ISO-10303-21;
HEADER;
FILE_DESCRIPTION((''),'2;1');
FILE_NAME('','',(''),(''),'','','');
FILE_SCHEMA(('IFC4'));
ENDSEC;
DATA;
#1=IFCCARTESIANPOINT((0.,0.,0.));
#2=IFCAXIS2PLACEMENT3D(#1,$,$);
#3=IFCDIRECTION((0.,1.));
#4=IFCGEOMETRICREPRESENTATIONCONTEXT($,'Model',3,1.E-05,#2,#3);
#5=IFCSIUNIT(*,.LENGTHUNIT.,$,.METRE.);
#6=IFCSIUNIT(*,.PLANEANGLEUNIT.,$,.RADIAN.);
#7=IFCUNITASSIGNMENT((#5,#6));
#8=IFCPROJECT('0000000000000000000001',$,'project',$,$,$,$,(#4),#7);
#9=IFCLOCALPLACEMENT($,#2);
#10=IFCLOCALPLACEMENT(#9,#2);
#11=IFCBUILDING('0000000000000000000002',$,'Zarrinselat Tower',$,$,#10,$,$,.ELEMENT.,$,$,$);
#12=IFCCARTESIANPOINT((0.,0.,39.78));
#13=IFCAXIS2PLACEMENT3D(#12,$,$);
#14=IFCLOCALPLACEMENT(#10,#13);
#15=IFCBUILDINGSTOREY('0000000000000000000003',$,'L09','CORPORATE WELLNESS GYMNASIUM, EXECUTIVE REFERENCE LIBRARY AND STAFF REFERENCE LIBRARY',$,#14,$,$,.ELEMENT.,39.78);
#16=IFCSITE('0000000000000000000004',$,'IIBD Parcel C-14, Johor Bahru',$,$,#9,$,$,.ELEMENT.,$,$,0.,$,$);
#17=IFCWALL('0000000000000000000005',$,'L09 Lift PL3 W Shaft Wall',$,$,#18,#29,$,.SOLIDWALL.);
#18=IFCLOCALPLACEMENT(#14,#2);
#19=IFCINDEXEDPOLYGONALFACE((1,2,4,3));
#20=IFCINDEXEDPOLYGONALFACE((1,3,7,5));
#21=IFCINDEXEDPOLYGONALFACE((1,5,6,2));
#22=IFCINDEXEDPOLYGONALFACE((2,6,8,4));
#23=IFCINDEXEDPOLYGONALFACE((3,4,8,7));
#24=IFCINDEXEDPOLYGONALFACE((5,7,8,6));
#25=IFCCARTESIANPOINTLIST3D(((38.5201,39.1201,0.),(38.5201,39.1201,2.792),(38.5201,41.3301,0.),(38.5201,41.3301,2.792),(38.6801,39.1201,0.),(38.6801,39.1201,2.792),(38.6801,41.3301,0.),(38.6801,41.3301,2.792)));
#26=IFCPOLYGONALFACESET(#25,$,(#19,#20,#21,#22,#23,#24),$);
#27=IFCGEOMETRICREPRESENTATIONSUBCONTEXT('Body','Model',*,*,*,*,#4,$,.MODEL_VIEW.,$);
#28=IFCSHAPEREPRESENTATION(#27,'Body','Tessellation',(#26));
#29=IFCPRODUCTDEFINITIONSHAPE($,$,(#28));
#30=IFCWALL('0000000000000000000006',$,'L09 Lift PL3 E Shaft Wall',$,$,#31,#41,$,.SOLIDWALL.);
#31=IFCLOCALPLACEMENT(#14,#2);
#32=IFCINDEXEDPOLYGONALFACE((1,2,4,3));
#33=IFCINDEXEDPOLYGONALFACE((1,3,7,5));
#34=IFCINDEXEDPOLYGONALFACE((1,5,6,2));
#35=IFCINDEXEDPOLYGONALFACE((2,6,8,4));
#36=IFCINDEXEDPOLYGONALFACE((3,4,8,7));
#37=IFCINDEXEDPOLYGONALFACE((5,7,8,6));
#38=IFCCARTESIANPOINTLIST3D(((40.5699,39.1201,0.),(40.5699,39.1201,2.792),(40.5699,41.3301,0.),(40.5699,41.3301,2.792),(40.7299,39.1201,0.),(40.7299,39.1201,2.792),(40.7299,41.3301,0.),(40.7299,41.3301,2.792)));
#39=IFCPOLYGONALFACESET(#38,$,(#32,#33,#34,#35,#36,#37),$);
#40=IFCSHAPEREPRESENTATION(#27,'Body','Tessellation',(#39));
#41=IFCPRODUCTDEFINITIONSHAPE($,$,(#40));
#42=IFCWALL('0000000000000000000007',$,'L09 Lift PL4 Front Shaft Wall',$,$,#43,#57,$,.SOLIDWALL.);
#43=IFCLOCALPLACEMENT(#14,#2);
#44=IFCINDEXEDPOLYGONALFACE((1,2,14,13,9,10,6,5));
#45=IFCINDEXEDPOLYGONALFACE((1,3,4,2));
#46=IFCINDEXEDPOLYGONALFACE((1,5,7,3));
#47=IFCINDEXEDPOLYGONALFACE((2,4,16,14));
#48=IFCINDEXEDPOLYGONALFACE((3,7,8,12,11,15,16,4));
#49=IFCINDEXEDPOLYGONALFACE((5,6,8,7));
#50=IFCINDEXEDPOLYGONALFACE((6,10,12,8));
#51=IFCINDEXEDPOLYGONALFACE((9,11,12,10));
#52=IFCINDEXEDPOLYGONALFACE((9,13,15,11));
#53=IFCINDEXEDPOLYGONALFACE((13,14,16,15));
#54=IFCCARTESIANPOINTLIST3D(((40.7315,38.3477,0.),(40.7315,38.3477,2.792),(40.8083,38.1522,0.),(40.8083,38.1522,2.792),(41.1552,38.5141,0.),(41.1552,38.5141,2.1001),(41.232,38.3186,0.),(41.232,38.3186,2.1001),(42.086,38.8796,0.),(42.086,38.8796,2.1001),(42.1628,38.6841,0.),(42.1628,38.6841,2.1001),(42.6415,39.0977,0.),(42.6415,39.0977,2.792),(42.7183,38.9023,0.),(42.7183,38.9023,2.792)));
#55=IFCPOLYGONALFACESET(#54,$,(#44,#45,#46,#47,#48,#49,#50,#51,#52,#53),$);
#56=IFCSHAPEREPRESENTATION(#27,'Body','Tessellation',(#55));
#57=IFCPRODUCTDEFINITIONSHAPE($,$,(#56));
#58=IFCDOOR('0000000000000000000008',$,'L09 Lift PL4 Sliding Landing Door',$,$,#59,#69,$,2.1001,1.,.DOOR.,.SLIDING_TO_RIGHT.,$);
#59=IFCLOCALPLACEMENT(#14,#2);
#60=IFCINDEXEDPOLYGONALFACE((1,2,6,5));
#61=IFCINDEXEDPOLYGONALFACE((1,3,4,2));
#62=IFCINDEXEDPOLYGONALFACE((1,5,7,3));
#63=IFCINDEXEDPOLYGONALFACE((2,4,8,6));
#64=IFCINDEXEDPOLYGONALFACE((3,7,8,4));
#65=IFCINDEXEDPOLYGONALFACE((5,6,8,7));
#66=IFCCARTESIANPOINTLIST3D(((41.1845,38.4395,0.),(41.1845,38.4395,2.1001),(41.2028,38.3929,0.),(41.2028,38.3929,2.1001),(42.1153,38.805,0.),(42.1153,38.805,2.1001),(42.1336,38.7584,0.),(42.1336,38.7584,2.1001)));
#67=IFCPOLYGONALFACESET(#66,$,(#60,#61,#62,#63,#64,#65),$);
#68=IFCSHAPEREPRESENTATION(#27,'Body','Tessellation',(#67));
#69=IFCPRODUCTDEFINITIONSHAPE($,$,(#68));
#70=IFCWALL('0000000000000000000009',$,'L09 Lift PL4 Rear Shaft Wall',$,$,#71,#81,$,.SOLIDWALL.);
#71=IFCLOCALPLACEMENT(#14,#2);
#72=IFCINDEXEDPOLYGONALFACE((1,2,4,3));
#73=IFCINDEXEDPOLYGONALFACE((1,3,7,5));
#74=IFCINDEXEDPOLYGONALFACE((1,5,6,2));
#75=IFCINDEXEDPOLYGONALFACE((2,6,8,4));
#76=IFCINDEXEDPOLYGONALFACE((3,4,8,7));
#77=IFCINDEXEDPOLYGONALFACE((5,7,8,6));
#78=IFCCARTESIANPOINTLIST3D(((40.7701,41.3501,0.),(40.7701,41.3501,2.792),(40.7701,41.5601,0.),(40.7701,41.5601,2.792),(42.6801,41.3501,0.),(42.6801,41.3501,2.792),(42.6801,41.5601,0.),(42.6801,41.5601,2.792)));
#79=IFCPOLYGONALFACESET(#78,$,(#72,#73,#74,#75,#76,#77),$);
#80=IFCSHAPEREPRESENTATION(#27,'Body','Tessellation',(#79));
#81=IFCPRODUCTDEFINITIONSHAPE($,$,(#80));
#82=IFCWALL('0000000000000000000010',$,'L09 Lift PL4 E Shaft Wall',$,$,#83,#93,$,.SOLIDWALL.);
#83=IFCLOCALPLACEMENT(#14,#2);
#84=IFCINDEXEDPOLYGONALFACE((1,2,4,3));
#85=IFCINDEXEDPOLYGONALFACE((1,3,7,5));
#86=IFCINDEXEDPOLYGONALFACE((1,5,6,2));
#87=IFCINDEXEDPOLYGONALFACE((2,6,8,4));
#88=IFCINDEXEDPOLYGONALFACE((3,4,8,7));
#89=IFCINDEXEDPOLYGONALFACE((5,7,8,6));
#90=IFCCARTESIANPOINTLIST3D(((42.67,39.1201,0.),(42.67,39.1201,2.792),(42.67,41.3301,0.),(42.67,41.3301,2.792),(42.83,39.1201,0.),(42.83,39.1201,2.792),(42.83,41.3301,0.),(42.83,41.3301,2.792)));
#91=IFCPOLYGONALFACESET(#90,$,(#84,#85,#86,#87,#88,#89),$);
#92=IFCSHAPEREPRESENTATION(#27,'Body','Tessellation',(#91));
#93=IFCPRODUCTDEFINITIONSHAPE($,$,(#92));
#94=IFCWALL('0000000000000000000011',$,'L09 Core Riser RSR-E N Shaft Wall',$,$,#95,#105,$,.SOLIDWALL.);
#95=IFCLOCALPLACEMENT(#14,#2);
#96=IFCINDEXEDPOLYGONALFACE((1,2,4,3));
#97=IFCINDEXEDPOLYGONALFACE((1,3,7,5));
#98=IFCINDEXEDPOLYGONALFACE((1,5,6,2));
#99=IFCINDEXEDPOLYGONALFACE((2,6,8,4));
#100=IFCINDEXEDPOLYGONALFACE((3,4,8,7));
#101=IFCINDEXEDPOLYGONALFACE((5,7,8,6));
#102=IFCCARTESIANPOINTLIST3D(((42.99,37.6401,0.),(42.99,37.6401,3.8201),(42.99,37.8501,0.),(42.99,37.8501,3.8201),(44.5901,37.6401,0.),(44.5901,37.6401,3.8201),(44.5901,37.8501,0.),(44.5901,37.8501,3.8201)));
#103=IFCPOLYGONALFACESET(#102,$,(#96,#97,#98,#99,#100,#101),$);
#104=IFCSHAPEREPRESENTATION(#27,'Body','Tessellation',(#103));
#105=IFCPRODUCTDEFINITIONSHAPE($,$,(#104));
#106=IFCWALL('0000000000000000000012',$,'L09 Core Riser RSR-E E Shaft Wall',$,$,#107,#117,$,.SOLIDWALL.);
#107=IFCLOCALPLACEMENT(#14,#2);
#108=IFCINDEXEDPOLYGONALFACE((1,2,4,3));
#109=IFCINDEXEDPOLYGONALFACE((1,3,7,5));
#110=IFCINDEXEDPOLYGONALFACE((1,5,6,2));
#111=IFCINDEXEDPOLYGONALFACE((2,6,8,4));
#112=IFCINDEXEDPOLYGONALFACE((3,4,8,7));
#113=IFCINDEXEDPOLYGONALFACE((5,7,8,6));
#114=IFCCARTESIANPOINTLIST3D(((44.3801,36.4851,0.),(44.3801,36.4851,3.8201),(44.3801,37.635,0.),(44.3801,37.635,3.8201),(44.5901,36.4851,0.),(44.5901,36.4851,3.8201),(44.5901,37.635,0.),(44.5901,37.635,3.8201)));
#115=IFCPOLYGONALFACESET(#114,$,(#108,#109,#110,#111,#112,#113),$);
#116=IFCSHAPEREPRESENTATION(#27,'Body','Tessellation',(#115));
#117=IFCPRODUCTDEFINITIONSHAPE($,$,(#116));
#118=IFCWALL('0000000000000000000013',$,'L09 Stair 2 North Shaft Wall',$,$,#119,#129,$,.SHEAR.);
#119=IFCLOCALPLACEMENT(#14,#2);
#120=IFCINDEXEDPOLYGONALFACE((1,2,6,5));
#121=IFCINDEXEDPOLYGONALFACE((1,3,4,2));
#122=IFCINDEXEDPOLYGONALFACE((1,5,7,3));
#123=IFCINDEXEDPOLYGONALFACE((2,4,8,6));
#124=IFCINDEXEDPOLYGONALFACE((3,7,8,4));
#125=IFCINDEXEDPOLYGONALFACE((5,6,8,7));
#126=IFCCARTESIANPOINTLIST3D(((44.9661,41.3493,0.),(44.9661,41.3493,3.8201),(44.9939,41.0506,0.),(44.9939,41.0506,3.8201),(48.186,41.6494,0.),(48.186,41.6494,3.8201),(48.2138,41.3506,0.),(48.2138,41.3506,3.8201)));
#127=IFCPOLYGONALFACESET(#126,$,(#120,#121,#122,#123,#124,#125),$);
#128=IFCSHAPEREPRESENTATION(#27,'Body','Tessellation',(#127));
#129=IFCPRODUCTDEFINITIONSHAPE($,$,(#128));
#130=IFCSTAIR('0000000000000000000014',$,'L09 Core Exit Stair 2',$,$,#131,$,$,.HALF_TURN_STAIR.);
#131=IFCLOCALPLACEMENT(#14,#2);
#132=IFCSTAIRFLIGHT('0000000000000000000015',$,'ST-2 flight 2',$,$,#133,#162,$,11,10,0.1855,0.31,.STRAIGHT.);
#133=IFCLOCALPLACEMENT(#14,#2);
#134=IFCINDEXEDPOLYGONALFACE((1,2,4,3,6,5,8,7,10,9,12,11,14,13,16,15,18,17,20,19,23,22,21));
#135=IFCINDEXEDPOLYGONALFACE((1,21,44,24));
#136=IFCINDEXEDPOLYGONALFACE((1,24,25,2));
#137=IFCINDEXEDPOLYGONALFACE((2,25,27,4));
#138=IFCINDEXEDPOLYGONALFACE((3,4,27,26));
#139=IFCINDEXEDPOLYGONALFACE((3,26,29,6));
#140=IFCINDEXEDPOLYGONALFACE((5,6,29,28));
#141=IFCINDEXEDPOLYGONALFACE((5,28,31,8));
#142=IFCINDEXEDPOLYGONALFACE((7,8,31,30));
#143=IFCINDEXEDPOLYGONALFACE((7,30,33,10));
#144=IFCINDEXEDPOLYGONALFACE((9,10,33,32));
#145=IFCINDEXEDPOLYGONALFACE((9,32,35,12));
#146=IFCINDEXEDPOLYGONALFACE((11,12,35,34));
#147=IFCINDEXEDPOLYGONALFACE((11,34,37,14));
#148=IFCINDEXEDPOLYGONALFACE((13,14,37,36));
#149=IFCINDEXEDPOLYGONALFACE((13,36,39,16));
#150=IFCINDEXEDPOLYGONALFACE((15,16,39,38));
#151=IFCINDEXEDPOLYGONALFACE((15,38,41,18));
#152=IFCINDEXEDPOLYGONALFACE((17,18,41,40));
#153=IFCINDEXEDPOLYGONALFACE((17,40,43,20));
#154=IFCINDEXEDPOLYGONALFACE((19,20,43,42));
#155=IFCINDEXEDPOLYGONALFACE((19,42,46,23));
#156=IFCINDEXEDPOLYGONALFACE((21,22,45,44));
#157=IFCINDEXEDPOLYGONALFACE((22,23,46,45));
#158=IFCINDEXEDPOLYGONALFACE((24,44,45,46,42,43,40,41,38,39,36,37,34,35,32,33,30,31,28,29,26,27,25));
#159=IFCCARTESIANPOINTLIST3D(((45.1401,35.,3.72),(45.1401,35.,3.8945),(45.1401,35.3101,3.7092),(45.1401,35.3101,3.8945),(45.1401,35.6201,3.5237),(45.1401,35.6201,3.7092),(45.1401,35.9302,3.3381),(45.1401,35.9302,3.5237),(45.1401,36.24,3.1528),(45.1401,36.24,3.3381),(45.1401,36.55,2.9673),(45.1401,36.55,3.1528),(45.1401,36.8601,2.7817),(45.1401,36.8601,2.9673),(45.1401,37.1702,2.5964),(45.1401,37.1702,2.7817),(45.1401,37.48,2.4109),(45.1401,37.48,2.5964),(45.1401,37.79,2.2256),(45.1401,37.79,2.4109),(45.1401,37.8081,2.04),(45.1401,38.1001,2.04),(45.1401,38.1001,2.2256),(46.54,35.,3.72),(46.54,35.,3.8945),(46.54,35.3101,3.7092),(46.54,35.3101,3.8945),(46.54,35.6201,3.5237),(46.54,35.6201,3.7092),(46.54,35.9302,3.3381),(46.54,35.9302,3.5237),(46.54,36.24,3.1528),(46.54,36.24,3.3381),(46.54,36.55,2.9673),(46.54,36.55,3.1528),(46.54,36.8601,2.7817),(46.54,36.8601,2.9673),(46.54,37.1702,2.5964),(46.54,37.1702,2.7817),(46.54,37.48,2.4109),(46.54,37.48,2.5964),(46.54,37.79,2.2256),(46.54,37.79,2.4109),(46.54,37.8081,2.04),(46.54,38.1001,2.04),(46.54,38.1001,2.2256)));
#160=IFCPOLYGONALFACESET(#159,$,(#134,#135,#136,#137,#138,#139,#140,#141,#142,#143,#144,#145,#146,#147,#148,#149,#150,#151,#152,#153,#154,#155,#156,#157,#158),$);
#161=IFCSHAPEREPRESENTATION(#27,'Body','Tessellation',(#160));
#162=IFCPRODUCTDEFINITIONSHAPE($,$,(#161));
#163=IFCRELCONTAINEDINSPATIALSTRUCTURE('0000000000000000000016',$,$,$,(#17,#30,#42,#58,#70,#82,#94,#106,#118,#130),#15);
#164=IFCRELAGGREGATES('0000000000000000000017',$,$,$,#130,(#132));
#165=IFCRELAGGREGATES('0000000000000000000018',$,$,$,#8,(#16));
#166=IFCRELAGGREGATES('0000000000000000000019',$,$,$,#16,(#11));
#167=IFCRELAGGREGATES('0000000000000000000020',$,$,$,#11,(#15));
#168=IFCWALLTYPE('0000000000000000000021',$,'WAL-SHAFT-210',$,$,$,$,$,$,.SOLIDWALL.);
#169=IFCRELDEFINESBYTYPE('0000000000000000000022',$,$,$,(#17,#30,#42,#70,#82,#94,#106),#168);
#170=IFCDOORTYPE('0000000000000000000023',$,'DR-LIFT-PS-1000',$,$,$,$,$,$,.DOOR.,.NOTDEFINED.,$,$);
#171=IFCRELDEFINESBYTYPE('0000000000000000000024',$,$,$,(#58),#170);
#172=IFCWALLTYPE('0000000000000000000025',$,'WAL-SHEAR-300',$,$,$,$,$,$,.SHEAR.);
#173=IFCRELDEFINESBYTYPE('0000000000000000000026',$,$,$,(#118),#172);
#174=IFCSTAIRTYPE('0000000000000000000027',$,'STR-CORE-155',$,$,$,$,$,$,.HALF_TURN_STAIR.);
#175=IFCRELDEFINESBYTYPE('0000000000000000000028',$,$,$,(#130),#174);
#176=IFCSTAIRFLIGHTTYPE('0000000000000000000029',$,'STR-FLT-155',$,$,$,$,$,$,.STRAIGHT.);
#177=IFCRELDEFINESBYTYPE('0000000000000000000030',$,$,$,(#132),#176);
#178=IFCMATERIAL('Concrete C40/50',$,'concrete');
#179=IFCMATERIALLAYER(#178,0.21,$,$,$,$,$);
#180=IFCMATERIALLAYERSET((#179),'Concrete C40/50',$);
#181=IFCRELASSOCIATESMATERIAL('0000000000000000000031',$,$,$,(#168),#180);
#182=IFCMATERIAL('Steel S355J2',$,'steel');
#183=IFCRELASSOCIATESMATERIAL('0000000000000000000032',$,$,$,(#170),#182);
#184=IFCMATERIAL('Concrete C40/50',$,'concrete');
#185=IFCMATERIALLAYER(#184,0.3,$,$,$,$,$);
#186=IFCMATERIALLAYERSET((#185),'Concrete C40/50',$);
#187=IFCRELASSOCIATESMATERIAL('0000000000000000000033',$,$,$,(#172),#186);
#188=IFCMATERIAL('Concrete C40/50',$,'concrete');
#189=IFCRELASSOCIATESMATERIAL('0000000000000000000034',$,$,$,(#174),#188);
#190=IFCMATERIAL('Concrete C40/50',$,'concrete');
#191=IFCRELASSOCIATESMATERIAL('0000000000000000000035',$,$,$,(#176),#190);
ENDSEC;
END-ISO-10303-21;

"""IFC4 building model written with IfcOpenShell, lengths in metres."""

from ifc_helpers import new_model, si_unit, direction, frame, frame_2d, origin, place, context, subcontext, project, spatial, polyline, rectangle, outline, extrude, material, layer, layer_set, type_object, element, fill, aggregate, save


model = new_model("IFC4")

# Units and contexts
model_context = context("Model", 3, precision=1e-05, world=origin(), true_north=direction((0.0, 1.0)))
body_context = subcontext(model_context, "Body", "Model", "MODEL_VIEW")
ifc_project = project(units=[si_unit("LENGTHUNIT", "METRE"), si_unit("PLANEANGLEUNIT", "RADIAN")], contexts=[model_context])

# Site, building, storey
site_placement = place(None, origin())
site = spatial("IfcSite", under=ifc_project, at=site_placement, Name="IIBD Parcel C-14, Johor Bahru", CompositionType="ELEMENT", RefElevation=0.0)
building_placement = place(site_placement, origin())
building = spatial("IfcBuilding", under=site, at=building_placement, Name="Zarrinselat Tower", CompositionType="ELEMENT")
storey_placement = place(building_placement, frame((0.0, 0.0, 39.78)))
storey = spatial("IfcBuildingStorey", under=building, at=storey_placement, Name="L09", Description="CORPORATE WELLNESS GYMNASIUM, EXECUTIVE REFERENCE LIBRARY AND STAFF REFERENCE LIBRARY", CompositionType="ELEMENT", Elevation=39.78)

# Shared definitions
ifc_material_1 = material(Name="Concrete C40/50", Category="concrete")
ifc_layer_1 = layer(ifc_material_1, 0.21)
ifc_layer_set_1 = layer_set([ifc_layer_1], Name="Concrete C40/50")
wall_type_1 = type_object("IfcWallType", Name="WAL-SHAFT-210", PredefinedType="SOLIDWALL", material=ifc_layer_set_1)

# Shared definitions
ifc_material_2 = material(Name="Steel S355J2", Category="steel")
door_type_1 = type_object("IfcDoorType", Name="DR-LIFT-PS-1000", OperationType="NOTDEFINED", PredefinedType="DOOR", material=ifc_material_2)

# Walls
for number, where, z_axis, x_axis, name in (
    (1, (38.6001, 39.1201, 0.0), (0.0, 0.0, 1.0), (0.0, 1.0, 0.0), "L09 Lift PL3 W Shaft Wall"),
    (2, (40.6499, 39.1201, 0.0), (0.0, 0.0, 1.0), (0.0, 1.0, 0.0), "L09 Lift PL3 E Shaft Wall"),
):
    element("IfcWall", number, at=place(storey_placement, frame(where, z_axis=z_axis, x_axis=x_axis)), inside=storey, type_object=wall_type_1, Name=name, PredefinedType="SOLIDWALL", context=body_context, shape_type="SweptSolid", body=[
        extrude(rectangle(XDim=2.21, YDim=0.1599, at=frame_2d((1.105, 0.0))), origin(), (0.0, 0.0, 1.0), 2.792),
    ])

# Wall, opening, door
wall_1_placement = place(storey_placement, frame((40.77, 38.25, 0.0), z_axis=(0.0, 0.0, 1.0), x_axis=(0.930805, 0.365516, 0.0)))
wall_1 = element("IfcWall", 3, at=wall_1_placement, inside=storey, type_object=wall_type_1, Name="L09 Lift PL4 Front Shaft Wall", PredefinedType="SOLIDWALL", context=body_context, shape_type="SweptSolid", body=[
    extrude(rectangle(XDim=2.052, YDim=0.21, at=frame_2d((1.0259, 0.0))), origin(), (0.0, 0.0, 1.0), 2.792),
])
opening_1_placement = place(wall_1_placement, frame((0.4551, 0.0, 0.0)))
opening_1 = element("IfcOpeningElement", 4, at=opening_1_placement, cuts=wall_1, PredefinedType="OPENING", context=body_context, shape_type="SweptSolid", body=[
    extrude(rectangle(XDim=1.0, YDim=2.1001, at=frame_2d((0.5, 1.05))), frame((0.0, 0.115, 0.0), z_axis=(0.0, -1.0, 0.0), x_axis=(1.0, 0.0, 0.0)), (0.0, 0.0, 1.0), 0.23),
])
door_1_placement = place(opening_1_placement, origin())
door_1 = element("IfcDoor", 5, at=door_1_placement, inside=storey, type_object=door_type_1, Name="L09 Lift PL4 Sliding Landing Door", OperationType="SLIDING_TO_RIGHT", OverallHeight=2.1001, OverallWidth=1.0, PredefinedType="DOOR", context=body_context, shape_type="SweptSolid", body=[
    extrude(rectangle(XDim=1.0, YDim=2.1001, at=frame_2d((0.5, 1.05))), frame((0.0, 0.0249, 0.0), z_axis=(0.0, -1.0, 0.0), x_axis=(1.0, 0.0, 0.0)), (0.0, 0.0, 1.0), 0.05),
])
fill(opening_1, door_1)

# Walls
wall_2_placement = place(storey_placement, frame((40.77, 41.4551, 0.0), z_axis=(0.0, 0.0, 1.0), x_axis=(1.0, 0.0, 0.0)))
element("IfcWall", 6, at=wall_2_placement, inside=storey, type_object=wall_type_1, Name="L09 Lift PL4 Rear Shaft Wall", PredefinedType="SOLIDWALL", context=body_context, shape_type="SweptSolid", body=[
    extrude(rectangle(XDim=1.9099, YDim=0.21, at=frame_2d((0.9551, 0.0))), origin(), (0.0, 0.0, 1.0), 2.792),
])
wall_3_placement = place(storey_placement, frame((42.75, 39.1201, 0.0), z_axis=(0.0, 0.0, 1.0), x_axis=(0.0, 1.0, 0.0)))
element("IfcWall", 7, at=wall_3_placement, inside=storey, type_object=wall_type_1, Name="L09 Lift PL4 E Shaft Wall", PredefinedType="SOLIDWALL", context=body_context, shape_type="SweptSolid", body=[
    extrude(rectangle(XDim=2.21, YDim=0.1599, at=frame_2d((1.105, 0.0))), origin(), (0.0, 0.0, 1.0), 2.792),
])
wall_4_placement = place(storey_placement, frame((42.99, 37.7451, 0.0), z_axis=(0.0, 0.0, 1.0), x_axis=(1.0, 0.0, 0.0)))
element("IfcWall", 8, at=wall_4_placement, inside=storey, type_object=wall_type_1, Name="L09 Core Riser RSR-E N Shaft Wall", PredefinedType="SOLIDWALL", context=body_context, shape_type="SweptSolid", body=[
    extrude(rectangle(XDim=1.6001, YDim=0.21, at=frame_2d((0.8, 0.0))), origin(), (0.0, 0.0, 1.0), 3.8201),
])
wall_5_placement = place(storey_placement, frame((44.4851, 36.4851, 0.0), z_axis=(0.0, 0.0, 1.0), x_axis=(0.0, 1.0, 0.0)))
element("IfcWall", 9, at=wall_5_placement, inside=storey, type_object=wall_type_1, Name="L09 Core Riser RSR-E E Shaft Wall", PredefinedType="SOLIDWALL", context=body_context, shape_type="SweptSolid", body=[
    extrude(rectangle(XDim=1.1499, YDim=0.21, at=frame_2d((0.575, 0.0))), origin(), (0.0, 0.0, 1.0), 3.8201),
])
ifc_material_3 = material(Name="Concrete C40/50", Category="concrete")
ifc_layer_2 = layer(ifc_material_3, 0.3)
ifc_layer_set_2 = layer_set([ifc_layer_2], Name="Concrete C40/50")
wall_type_2 = type_object("IfcWallType", Name="WAL-SHEAR-300", PredefinedType="SHEAR", material=ifc_layer_set_2)
wall_6_placement = place(storey_placement, frame((44.98, 41.2, 0.0), z_axis=(0.0, 0.0, 1.0), x_axis=(0.995686, 0.092782, 0.0)))
element("IfcWall", 10, at=wall_6_placement, inside=storey, type_object=wall_type_2, Name="L09 Stair 2 North Shaft Wall", PredefinedType="SHEAR", context=body_context, shape_type="SweptSolid", body=[
    extrude(rectangle(XDim=3.2339, YDim=0.3, at=frame_2d((1.6169, 0.0))), origin(), (0.0, 0.0, 1.0), 3.8201),
])

# Stair, stair flight
ifc_material_4 = material(Name="Concrete C40/50", Category="concrete")
stair_type = type_object("IfcStairType", Name="STR-CORE-155", PredefinedType="HALF_TURN_STAIR", material=ifc_material_4)
stair_placement = place(storey_placement, origin())
stair = element("IfcStair", 11, at=stair_placement, inside=storey, type_object=stair_type, Name="L09 Core Exit Stair 2", PredefinedType="HALF_TURN_STAIR")
ifc_material_5 = material(Name="Concrete C40/50", Category="concrete")
stair_flight_type = type_object("IfcStairFlightType", Name="STR-FLT-155", PredefinedType="STRAIGHT", material=ifc_material_5)
stair_flight_placement = place(storey_placement, frame((45.8401, 38.1001, 2.04), z_axis=(0.0, 0.0, 1.0), x_axis=(0.0, -1.0, 0.0)))
stair_flight = element("IfcStairFlight", 12, at=stair_flight_placement, type_object=stair_flight_type, Name="ST-2 flight 2", NumberOfRisers=11, NumberOfTreads=10, PredefinedType="STRAIGHT", RiserHeight=0.1855, TreadLength=0.31, context=body_context, shape_type="SweptSolid", body=[
    extrude(outline(polyline([(0.0, 0.0), (0.0, 0.1855), (0.3101, 0.1855), (0.3101, 0.3708), (0.6201, 0.3708), (0.6201, 0.5564), (0.9299, 0.5564), (0.9299, 0.7417), (1.24, 0.7417), (1.24, 0.9272), (1.55, 0.9272), (1.55, 1.1128), (1.8601, 1.1128), (1.8601, 1.2981), (2.1699, 1.2981), (2.1699, 1.4836), (2.48, 1.4836), (2.48, 1.6692), (2.79, 1.6692), (2.79, 1.8545), (3.1001, 1.8545), (3.1001, 2.04), (3.1001, 1.6799), (0.292, 0.0), (0.0, 0.0)])), frame((0.0, 0.7, 0.0), z_axis=(0.0, -1.0, 0.0), x_axis=(1.0, 0.0, 0.0)), (0.0, 0.0, 1.0), 1.3999),
])
aggregate(stair, [stair_flight])

save(model, "model.ifc")
